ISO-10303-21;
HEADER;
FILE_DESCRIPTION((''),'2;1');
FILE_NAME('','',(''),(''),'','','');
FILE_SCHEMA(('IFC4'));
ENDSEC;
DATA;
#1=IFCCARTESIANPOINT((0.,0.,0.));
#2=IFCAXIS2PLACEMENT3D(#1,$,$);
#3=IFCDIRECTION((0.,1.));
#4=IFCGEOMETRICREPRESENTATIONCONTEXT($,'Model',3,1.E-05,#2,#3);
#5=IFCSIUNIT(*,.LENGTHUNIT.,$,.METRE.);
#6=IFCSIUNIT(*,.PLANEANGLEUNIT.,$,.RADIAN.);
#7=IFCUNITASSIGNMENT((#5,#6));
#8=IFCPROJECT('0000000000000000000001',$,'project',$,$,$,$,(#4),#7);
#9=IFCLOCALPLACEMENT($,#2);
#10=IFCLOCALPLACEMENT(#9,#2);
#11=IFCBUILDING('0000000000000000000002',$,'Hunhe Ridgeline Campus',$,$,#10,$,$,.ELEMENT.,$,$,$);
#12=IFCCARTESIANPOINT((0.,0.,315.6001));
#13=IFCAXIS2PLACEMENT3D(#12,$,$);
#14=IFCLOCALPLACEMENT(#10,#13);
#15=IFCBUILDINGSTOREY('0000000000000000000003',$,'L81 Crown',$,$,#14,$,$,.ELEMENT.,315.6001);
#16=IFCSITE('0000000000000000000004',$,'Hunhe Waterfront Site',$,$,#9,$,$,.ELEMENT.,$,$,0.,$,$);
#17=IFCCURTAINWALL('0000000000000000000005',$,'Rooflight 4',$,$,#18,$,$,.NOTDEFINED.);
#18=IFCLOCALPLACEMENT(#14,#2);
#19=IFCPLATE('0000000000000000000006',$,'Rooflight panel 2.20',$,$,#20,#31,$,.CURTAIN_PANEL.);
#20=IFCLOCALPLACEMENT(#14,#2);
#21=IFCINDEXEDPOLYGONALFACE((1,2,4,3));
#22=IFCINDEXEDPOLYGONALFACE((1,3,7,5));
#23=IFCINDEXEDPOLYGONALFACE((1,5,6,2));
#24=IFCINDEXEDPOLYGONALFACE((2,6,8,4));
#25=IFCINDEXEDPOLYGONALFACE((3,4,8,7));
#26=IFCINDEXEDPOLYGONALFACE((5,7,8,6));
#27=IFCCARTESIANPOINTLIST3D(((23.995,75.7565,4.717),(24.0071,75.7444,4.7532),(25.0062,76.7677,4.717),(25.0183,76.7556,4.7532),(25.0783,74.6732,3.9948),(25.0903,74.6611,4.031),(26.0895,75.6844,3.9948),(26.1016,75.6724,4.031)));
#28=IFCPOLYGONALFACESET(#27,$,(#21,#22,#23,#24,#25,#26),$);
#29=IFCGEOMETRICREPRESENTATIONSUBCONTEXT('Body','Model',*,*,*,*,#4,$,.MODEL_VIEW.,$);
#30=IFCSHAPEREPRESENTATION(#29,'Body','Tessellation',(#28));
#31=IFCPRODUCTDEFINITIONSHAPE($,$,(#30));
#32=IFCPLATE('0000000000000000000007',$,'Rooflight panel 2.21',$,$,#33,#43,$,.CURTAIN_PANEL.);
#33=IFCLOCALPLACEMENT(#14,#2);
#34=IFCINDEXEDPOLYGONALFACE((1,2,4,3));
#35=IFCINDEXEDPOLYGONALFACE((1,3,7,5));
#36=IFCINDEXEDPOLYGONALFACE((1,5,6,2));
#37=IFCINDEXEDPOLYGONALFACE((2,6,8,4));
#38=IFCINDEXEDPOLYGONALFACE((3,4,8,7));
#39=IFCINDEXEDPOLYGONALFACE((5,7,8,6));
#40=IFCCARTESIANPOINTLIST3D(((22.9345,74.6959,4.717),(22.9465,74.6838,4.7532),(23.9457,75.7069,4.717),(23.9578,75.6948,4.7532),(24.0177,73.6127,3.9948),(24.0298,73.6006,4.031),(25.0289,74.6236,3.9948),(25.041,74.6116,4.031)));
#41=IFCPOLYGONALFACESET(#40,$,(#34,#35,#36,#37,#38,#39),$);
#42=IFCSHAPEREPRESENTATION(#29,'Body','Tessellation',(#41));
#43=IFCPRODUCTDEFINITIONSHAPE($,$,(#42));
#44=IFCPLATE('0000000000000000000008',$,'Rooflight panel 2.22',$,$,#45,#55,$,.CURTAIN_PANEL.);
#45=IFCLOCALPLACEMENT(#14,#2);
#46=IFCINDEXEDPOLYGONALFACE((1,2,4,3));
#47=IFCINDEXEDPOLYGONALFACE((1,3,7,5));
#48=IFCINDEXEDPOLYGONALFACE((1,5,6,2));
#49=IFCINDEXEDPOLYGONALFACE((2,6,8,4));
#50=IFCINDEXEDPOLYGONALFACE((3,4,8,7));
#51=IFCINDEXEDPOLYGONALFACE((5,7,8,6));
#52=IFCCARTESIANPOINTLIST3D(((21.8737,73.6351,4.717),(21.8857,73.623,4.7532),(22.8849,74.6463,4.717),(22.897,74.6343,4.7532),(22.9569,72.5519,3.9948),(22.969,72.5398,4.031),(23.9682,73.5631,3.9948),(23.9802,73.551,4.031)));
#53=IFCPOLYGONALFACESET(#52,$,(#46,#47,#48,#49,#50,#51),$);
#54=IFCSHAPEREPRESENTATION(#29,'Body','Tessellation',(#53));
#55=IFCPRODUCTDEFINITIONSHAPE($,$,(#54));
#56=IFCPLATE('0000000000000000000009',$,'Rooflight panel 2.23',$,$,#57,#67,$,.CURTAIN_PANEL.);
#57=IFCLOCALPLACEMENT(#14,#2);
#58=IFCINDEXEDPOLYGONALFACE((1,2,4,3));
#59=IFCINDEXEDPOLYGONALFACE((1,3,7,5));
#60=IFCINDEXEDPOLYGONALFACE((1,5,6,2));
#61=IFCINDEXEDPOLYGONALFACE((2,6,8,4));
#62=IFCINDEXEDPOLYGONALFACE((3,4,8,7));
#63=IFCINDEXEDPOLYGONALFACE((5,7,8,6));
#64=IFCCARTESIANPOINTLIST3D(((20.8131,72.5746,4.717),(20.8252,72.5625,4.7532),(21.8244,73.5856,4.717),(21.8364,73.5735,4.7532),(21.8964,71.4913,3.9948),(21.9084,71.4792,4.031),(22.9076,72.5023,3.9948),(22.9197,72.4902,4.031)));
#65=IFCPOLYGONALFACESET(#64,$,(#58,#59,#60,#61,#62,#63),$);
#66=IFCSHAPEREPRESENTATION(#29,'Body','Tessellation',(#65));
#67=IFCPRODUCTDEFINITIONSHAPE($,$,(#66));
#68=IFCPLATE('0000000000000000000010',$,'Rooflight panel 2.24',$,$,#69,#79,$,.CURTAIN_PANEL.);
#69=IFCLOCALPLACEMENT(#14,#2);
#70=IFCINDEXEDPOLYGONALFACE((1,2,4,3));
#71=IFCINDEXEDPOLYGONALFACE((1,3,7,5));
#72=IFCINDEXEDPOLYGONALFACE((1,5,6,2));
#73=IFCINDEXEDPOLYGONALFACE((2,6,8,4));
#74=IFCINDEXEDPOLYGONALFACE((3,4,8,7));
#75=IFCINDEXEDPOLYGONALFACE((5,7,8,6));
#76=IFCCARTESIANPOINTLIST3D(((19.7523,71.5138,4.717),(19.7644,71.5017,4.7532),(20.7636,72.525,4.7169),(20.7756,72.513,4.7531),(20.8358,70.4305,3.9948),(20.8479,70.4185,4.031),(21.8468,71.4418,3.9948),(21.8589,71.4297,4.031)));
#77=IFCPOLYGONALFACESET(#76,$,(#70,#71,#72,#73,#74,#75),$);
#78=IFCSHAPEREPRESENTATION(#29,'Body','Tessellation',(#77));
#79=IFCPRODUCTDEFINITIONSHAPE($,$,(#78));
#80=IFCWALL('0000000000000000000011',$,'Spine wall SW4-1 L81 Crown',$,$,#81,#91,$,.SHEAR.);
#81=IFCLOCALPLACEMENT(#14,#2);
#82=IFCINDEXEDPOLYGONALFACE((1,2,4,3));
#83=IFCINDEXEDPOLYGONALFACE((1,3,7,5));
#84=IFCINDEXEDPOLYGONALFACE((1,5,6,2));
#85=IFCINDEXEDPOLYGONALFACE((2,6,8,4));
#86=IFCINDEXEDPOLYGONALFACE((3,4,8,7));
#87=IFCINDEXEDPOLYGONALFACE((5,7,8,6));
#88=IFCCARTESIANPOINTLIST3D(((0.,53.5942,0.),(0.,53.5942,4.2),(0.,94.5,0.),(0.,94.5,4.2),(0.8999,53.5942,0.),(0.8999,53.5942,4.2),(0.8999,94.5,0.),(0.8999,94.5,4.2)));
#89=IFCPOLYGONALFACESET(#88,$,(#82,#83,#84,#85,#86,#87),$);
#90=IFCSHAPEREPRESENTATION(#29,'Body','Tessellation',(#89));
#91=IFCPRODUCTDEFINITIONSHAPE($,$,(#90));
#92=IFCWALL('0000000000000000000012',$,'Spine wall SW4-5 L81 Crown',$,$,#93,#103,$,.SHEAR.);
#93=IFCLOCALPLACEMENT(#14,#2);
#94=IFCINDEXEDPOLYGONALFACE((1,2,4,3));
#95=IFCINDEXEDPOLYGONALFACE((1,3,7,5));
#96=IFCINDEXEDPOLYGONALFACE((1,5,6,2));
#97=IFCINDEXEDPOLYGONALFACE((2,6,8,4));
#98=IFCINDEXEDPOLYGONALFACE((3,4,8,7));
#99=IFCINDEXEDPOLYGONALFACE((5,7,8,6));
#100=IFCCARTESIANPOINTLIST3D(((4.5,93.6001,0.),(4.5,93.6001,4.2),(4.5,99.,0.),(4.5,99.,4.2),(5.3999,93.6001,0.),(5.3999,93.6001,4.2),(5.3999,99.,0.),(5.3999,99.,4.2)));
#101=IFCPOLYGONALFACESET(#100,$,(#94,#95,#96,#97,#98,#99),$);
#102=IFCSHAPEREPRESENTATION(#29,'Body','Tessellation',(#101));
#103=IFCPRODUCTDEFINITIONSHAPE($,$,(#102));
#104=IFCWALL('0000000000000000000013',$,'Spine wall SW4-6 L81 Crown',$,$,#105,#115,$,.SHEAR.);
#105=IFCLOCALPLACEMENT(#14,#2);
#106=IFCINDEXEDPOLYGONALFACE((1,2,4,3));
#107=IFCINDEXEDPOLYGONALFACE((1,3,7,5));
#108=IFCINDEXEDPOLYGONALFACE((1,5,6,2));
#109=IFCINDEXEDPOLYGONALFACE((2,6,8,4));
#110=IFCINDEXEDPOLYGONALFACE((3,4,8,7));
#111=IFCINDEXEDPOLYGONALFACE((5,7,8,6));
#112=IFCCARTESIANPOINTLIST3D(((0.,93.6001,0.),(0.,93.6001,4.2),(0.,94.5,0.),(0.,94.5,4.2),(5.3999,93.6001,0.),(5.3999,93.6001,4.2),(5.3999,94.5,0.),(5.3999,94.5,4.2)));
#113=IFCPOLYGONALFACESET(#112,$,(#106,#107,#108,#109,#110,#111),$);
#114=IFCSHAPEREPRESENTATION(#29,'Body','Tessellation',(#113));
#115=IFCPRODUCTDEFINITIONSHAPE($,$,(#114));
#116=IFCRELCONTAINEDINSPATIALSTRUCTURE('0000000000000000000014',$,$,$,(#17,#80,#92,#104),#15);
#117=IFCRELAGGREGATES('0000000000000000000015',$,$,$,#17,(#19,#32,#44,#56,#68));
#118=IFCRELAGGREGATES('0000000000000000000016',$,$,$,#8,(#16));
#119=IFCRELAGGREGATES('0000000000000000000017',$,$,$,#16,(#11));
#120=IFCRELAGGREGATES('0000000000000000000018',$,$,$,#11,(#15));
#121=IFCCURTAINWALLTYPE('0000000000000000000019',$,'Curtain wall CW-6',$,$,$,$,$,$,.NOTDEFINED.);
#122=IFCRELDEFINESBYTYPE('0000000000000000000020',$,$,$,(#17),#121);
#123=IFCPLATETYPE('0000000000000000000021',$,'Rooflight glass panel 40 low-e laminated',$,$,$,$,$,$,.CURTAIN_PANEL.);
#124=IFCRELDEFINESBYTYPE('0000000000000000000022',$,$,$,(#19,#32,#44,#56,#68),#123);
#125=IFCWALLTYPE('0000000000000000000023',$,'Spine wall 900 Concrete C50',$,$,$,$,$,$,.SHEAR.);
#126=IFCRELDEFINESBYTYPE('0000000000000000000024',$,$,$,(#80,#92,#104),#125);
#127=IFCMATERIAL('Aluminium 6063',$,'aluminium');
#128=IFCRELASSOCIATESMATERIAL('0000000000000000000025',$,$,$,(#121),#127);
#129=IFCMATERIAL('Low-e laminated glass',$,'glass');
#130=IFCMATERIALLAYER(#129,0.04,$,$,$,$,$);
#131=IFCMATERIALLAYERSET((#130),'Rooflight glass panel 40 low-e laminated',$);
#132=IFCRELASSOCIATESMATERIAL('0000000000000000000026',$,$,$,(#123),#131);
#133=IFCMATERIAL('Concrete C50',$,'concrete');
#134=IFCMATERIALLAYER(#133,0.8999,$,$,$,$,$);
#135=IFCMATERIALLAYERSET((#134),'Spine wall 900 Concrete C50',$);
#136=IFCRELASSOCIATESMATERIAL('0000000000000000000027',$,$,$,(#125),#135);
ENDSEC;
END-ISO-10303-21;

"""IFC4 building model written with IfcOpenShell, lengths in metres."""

from ifc_helpers import new_model, si_unit, direction, frame, origin, place, context, subcontext, project, spatial, polyline, outline, extrude, material, layer, layer_set, type_object, element, aggregate, save


model = new_model("IFC4")

# Units and contexts
model_context = context("Model", 3, precision=1e-05, world=origin(), true_north=direction((0.0, 1.0)))
body_context = subcontext(model_context, "Body", "Model", "MODEL_VIEW")
ifc_project = project(units=[si_unit("LENGTHUNIT", "METRE"), si_unit("PLANEANGLEUNIT", "RADIAN")], contexts=[model_context])

# Site, building, storey
site_placement = place(None, origin())
site = spatial("IfcSite", under=ifc_project, at=site_placement, Name="Hunhe Waterfront Site", CompositionType="ELEMENT", RefElevation=0.0)
building_placement = place(site_placement, origin())
building = spatial("IfcBuilding", under=site, at=building_placement, Name="Hunhe Ridgeline Campus", CompositionType="ELEMENT")
storey_placement = place(building_placement, frame((0.0, 0.0, 315.6001)))
storey = spatial("IfcBuildingStorey", under=building, at=storey_placement, Name="L81 Crown", CompositionType="ELEMENT", Elevation=315.6001)

# Curtain wall, plates
ifc_material_1 = material(Name="Aluminium 6063", Category="aluminium")
curtain_wall_type = type_object("IfcCurtainWallType", Name="Curtain wall CW-6", PredefinedType="NOTDEFINED", material=ifc_material_1)
curtain_wall_placement = place(storey_placement, origin())
curtain_wall = element("IfcCurtainWall", 1, at=curtain_wall_placement, inside=storey, type_object=curtain_wall_type, Name="Rooflight 4", PredefinedType="NOTDEFINED")
ifc_material_2 = material(Name="Low-e laminated glass", Category="glass")
ifc_layer_1 = layer(ifc_material_2, 0.04)
ifc_layer_set_1 = layer_set([ifc_layer_1], Name="Rooflight glass panel 40 low-e laminated")
plate_type = type_object("IfcPlateType", Name="Rooflight glass panel 40 low-e laminated", PredefinedType="CURTAIN_PANEL", material=ifc_layer_set_1)
plate_1_placement = place(storey_placement, frame((26.1016, 75.6724, 4.031), z_axis=(0.301511, -0.301511, 0.904534), x_axis=(-0.639602, 0.639602, 0.426401)))
plate_1 = element("IfcPlate", 2, at=plate_1_placement, type_object=plate_type, Name="Rooflight panel 2.20", PredefinedType="CURTAIN_PANEL", context=body_context, shape_type="SweptSolid", body=[
    extrude(outline(polyline([(0.0, 0.0), (1.6936, 0.0), (1.6936, 1.4301), (0.0, 1.4301), (0.0, 0.0)])), origin(), (0.0, 0.0, -1.0), 0.04),
])
plate_2_placement = place(storey_placement, frame((25.041, 74.6116, 4.031), z_axis=(0.301475, -0.301548, 0.904534), x_axis=(-0.639602, 0.639602, 0.426401)))
plate_2 = element("IfcPlate", 3, at=plate_2_placement, type_object=plate_type, Name="Rooflight panel 2.21", PredefinedType="CURTAIN_PANEL", context=body_context, shape_type="SweptSolid", body=[
    extrude(outline(polyline([(0.0, 0.0), (1.6936, 0.0), (1.6938, 1.4299), (0.0002, 1.4299), (0.0, 0.0)])), origin(), (0.0, 0.0, -1.0), 0.04),
])
plate_3_placement = place(storey_placement, frame((23.9802, 73.551, 4.031), z_axis=(0.301511, -0.301511, 0.904534), x_axis=(-0.639602, 0.639602, 0.426401)))
plate_3 = element("IfcPlate", 4, at=plate_3_placement, type_object=plate_type, Name="Rooflight panel 2.22", PredefinedType="CURTAIN_PANEL", context=body_context, shape_type="SweptSolid", body=[
    extrude(outline(polyline([(0.0, 0.0), (1.6936, 0.0), (1.6936, 1.4301), (0.0, 1.4301), (0.0, 0.0)])), origin(), (0.0, 0.0, -1.0), 0.04),
])
plate_4_placement = place(storey_placement, frame((22.9197, 72.4902, 4.031), z_axis=(0.301475, -0.301548, 0.904534), x_axis=(-0.639602, 0.639602, 0.426401)))
plate_4 = element("IfcPlate", 5, at=plate_4_placement, type_object=plate_type, Name="Rooflight panel 2.23", PredefinedType="CURTAIN_PANEL", context=body_context, shape_type="SweptSolid", body=[
    extrude(outline(polyline([(0.0, 0.0), (1.6936, 0.0), (1.6938, 1.4299), (0.0002, 1.4299), (0.0, 0.0)])), origin(), (0.0, 0.0, -1.0), 0.04),
])
plate_5_placement = place(storey_placement, frame((21.8589, 71.4297, 4.031), z_axis=(0.301516, -0.301479, 0.904543), x_axis=(-0.639609, 0.639609, 0.426382)))
plate_5 = element("IfcPlate", 6, at=plate_5_placement, type_object=plate_type, Name="Rooflight panel 2.24", PredefinedType="CURTAIN_PANEL", context=body_context, shape_type="SweptSolid", body=[
    extrude(outline(polyline([(0.0, 0.0), (1.6936, 0.0), (1.6936, 1.4301), (-0.0002, 1.4299), (0.0, 0.0)])), origin(), (0.0, 0.0, -1.0), 0.04),
])
aggregate(curtain_wall, [plate_1, plate_2, plate_3, plate_4, plate_5])

# Walls
ifc_material_3 = material(Name="Concrete C50", Category="concrete")
ifc_layer_2 = layer(ifc_material_3, 0.8999)
ifc_layer_set_2 = layer_set([ifc_layer_2], Name="Spine wall 900 Concrete C50")
wall_type = type_object("IfcWallType", Name="Spine wall 900 Concrete C50", PredefinedType="SHEAR", material=ifc_layer_set_2)
wall_placement = place(storey_placement, frame((0.45, 94.5, 0.0), z_axis=(0.0, 0.0, 1.0), x_axis=(0.0, -1.0, 0.0)))
element("IfcWall", 7, at=wall_placement, inside=storey, type_object=wall_type, Name="Spine wall SW4-1 L81 Crown", PredefinedType="SHEAR", context=body_context, shape_type="SweptSolid", body=[
    extrude(outline(polyline([(0.0, 0.0), (40.9058, 0.0), (40.9058, 4.2), (0.0, 4.2), (0.0, 0.0)])), frame((0.0, 0.45, 0.0), z_axis=(0.0, -1.0, 0.0), x_axis=(1.0, 0.0, 0.0)), (0.0, 0.0, 1.0), 0.8999),
])
for number, where, z_axis, x_axis, name in (
    (8, (4.95, 99.0, 0.0), (0.0, 0.0, 1.0), (0.0, -1.0, 0.0), "Spine wall SW4-5 L81 Crown"),
    (9, (5.3999, 94.05, 0.0), (0.0, 0.0, 1.0), (-1.0, 0.0, 0.0), "Spine wall SW4-6 L81 Crown"),
):
    element("IfcWall", number, at=place(storey_placement, frame(where, z_axis=z_axis, x_axis=x_axis)), inside=storey, type_object=wall_type, Name=name, PredefinedType="SHEAR", context=body_context, shape_type="SweptSolid", body=[
        extrude(outline(polyline([(0.0, 0.0), (5.3999, 0.0), (5.3999, 4.2), (0.0, 4.2), (0.0, 0.0)])), frame((0.0, 0.45, 0.0), z_axis=(0.0, -1.0, 0.0), x_axis=(1.0, 0.0, 0.0)), (0.0, 0.0, 1.0), 0.8999),
    ])

save(model, "model.ifc")
